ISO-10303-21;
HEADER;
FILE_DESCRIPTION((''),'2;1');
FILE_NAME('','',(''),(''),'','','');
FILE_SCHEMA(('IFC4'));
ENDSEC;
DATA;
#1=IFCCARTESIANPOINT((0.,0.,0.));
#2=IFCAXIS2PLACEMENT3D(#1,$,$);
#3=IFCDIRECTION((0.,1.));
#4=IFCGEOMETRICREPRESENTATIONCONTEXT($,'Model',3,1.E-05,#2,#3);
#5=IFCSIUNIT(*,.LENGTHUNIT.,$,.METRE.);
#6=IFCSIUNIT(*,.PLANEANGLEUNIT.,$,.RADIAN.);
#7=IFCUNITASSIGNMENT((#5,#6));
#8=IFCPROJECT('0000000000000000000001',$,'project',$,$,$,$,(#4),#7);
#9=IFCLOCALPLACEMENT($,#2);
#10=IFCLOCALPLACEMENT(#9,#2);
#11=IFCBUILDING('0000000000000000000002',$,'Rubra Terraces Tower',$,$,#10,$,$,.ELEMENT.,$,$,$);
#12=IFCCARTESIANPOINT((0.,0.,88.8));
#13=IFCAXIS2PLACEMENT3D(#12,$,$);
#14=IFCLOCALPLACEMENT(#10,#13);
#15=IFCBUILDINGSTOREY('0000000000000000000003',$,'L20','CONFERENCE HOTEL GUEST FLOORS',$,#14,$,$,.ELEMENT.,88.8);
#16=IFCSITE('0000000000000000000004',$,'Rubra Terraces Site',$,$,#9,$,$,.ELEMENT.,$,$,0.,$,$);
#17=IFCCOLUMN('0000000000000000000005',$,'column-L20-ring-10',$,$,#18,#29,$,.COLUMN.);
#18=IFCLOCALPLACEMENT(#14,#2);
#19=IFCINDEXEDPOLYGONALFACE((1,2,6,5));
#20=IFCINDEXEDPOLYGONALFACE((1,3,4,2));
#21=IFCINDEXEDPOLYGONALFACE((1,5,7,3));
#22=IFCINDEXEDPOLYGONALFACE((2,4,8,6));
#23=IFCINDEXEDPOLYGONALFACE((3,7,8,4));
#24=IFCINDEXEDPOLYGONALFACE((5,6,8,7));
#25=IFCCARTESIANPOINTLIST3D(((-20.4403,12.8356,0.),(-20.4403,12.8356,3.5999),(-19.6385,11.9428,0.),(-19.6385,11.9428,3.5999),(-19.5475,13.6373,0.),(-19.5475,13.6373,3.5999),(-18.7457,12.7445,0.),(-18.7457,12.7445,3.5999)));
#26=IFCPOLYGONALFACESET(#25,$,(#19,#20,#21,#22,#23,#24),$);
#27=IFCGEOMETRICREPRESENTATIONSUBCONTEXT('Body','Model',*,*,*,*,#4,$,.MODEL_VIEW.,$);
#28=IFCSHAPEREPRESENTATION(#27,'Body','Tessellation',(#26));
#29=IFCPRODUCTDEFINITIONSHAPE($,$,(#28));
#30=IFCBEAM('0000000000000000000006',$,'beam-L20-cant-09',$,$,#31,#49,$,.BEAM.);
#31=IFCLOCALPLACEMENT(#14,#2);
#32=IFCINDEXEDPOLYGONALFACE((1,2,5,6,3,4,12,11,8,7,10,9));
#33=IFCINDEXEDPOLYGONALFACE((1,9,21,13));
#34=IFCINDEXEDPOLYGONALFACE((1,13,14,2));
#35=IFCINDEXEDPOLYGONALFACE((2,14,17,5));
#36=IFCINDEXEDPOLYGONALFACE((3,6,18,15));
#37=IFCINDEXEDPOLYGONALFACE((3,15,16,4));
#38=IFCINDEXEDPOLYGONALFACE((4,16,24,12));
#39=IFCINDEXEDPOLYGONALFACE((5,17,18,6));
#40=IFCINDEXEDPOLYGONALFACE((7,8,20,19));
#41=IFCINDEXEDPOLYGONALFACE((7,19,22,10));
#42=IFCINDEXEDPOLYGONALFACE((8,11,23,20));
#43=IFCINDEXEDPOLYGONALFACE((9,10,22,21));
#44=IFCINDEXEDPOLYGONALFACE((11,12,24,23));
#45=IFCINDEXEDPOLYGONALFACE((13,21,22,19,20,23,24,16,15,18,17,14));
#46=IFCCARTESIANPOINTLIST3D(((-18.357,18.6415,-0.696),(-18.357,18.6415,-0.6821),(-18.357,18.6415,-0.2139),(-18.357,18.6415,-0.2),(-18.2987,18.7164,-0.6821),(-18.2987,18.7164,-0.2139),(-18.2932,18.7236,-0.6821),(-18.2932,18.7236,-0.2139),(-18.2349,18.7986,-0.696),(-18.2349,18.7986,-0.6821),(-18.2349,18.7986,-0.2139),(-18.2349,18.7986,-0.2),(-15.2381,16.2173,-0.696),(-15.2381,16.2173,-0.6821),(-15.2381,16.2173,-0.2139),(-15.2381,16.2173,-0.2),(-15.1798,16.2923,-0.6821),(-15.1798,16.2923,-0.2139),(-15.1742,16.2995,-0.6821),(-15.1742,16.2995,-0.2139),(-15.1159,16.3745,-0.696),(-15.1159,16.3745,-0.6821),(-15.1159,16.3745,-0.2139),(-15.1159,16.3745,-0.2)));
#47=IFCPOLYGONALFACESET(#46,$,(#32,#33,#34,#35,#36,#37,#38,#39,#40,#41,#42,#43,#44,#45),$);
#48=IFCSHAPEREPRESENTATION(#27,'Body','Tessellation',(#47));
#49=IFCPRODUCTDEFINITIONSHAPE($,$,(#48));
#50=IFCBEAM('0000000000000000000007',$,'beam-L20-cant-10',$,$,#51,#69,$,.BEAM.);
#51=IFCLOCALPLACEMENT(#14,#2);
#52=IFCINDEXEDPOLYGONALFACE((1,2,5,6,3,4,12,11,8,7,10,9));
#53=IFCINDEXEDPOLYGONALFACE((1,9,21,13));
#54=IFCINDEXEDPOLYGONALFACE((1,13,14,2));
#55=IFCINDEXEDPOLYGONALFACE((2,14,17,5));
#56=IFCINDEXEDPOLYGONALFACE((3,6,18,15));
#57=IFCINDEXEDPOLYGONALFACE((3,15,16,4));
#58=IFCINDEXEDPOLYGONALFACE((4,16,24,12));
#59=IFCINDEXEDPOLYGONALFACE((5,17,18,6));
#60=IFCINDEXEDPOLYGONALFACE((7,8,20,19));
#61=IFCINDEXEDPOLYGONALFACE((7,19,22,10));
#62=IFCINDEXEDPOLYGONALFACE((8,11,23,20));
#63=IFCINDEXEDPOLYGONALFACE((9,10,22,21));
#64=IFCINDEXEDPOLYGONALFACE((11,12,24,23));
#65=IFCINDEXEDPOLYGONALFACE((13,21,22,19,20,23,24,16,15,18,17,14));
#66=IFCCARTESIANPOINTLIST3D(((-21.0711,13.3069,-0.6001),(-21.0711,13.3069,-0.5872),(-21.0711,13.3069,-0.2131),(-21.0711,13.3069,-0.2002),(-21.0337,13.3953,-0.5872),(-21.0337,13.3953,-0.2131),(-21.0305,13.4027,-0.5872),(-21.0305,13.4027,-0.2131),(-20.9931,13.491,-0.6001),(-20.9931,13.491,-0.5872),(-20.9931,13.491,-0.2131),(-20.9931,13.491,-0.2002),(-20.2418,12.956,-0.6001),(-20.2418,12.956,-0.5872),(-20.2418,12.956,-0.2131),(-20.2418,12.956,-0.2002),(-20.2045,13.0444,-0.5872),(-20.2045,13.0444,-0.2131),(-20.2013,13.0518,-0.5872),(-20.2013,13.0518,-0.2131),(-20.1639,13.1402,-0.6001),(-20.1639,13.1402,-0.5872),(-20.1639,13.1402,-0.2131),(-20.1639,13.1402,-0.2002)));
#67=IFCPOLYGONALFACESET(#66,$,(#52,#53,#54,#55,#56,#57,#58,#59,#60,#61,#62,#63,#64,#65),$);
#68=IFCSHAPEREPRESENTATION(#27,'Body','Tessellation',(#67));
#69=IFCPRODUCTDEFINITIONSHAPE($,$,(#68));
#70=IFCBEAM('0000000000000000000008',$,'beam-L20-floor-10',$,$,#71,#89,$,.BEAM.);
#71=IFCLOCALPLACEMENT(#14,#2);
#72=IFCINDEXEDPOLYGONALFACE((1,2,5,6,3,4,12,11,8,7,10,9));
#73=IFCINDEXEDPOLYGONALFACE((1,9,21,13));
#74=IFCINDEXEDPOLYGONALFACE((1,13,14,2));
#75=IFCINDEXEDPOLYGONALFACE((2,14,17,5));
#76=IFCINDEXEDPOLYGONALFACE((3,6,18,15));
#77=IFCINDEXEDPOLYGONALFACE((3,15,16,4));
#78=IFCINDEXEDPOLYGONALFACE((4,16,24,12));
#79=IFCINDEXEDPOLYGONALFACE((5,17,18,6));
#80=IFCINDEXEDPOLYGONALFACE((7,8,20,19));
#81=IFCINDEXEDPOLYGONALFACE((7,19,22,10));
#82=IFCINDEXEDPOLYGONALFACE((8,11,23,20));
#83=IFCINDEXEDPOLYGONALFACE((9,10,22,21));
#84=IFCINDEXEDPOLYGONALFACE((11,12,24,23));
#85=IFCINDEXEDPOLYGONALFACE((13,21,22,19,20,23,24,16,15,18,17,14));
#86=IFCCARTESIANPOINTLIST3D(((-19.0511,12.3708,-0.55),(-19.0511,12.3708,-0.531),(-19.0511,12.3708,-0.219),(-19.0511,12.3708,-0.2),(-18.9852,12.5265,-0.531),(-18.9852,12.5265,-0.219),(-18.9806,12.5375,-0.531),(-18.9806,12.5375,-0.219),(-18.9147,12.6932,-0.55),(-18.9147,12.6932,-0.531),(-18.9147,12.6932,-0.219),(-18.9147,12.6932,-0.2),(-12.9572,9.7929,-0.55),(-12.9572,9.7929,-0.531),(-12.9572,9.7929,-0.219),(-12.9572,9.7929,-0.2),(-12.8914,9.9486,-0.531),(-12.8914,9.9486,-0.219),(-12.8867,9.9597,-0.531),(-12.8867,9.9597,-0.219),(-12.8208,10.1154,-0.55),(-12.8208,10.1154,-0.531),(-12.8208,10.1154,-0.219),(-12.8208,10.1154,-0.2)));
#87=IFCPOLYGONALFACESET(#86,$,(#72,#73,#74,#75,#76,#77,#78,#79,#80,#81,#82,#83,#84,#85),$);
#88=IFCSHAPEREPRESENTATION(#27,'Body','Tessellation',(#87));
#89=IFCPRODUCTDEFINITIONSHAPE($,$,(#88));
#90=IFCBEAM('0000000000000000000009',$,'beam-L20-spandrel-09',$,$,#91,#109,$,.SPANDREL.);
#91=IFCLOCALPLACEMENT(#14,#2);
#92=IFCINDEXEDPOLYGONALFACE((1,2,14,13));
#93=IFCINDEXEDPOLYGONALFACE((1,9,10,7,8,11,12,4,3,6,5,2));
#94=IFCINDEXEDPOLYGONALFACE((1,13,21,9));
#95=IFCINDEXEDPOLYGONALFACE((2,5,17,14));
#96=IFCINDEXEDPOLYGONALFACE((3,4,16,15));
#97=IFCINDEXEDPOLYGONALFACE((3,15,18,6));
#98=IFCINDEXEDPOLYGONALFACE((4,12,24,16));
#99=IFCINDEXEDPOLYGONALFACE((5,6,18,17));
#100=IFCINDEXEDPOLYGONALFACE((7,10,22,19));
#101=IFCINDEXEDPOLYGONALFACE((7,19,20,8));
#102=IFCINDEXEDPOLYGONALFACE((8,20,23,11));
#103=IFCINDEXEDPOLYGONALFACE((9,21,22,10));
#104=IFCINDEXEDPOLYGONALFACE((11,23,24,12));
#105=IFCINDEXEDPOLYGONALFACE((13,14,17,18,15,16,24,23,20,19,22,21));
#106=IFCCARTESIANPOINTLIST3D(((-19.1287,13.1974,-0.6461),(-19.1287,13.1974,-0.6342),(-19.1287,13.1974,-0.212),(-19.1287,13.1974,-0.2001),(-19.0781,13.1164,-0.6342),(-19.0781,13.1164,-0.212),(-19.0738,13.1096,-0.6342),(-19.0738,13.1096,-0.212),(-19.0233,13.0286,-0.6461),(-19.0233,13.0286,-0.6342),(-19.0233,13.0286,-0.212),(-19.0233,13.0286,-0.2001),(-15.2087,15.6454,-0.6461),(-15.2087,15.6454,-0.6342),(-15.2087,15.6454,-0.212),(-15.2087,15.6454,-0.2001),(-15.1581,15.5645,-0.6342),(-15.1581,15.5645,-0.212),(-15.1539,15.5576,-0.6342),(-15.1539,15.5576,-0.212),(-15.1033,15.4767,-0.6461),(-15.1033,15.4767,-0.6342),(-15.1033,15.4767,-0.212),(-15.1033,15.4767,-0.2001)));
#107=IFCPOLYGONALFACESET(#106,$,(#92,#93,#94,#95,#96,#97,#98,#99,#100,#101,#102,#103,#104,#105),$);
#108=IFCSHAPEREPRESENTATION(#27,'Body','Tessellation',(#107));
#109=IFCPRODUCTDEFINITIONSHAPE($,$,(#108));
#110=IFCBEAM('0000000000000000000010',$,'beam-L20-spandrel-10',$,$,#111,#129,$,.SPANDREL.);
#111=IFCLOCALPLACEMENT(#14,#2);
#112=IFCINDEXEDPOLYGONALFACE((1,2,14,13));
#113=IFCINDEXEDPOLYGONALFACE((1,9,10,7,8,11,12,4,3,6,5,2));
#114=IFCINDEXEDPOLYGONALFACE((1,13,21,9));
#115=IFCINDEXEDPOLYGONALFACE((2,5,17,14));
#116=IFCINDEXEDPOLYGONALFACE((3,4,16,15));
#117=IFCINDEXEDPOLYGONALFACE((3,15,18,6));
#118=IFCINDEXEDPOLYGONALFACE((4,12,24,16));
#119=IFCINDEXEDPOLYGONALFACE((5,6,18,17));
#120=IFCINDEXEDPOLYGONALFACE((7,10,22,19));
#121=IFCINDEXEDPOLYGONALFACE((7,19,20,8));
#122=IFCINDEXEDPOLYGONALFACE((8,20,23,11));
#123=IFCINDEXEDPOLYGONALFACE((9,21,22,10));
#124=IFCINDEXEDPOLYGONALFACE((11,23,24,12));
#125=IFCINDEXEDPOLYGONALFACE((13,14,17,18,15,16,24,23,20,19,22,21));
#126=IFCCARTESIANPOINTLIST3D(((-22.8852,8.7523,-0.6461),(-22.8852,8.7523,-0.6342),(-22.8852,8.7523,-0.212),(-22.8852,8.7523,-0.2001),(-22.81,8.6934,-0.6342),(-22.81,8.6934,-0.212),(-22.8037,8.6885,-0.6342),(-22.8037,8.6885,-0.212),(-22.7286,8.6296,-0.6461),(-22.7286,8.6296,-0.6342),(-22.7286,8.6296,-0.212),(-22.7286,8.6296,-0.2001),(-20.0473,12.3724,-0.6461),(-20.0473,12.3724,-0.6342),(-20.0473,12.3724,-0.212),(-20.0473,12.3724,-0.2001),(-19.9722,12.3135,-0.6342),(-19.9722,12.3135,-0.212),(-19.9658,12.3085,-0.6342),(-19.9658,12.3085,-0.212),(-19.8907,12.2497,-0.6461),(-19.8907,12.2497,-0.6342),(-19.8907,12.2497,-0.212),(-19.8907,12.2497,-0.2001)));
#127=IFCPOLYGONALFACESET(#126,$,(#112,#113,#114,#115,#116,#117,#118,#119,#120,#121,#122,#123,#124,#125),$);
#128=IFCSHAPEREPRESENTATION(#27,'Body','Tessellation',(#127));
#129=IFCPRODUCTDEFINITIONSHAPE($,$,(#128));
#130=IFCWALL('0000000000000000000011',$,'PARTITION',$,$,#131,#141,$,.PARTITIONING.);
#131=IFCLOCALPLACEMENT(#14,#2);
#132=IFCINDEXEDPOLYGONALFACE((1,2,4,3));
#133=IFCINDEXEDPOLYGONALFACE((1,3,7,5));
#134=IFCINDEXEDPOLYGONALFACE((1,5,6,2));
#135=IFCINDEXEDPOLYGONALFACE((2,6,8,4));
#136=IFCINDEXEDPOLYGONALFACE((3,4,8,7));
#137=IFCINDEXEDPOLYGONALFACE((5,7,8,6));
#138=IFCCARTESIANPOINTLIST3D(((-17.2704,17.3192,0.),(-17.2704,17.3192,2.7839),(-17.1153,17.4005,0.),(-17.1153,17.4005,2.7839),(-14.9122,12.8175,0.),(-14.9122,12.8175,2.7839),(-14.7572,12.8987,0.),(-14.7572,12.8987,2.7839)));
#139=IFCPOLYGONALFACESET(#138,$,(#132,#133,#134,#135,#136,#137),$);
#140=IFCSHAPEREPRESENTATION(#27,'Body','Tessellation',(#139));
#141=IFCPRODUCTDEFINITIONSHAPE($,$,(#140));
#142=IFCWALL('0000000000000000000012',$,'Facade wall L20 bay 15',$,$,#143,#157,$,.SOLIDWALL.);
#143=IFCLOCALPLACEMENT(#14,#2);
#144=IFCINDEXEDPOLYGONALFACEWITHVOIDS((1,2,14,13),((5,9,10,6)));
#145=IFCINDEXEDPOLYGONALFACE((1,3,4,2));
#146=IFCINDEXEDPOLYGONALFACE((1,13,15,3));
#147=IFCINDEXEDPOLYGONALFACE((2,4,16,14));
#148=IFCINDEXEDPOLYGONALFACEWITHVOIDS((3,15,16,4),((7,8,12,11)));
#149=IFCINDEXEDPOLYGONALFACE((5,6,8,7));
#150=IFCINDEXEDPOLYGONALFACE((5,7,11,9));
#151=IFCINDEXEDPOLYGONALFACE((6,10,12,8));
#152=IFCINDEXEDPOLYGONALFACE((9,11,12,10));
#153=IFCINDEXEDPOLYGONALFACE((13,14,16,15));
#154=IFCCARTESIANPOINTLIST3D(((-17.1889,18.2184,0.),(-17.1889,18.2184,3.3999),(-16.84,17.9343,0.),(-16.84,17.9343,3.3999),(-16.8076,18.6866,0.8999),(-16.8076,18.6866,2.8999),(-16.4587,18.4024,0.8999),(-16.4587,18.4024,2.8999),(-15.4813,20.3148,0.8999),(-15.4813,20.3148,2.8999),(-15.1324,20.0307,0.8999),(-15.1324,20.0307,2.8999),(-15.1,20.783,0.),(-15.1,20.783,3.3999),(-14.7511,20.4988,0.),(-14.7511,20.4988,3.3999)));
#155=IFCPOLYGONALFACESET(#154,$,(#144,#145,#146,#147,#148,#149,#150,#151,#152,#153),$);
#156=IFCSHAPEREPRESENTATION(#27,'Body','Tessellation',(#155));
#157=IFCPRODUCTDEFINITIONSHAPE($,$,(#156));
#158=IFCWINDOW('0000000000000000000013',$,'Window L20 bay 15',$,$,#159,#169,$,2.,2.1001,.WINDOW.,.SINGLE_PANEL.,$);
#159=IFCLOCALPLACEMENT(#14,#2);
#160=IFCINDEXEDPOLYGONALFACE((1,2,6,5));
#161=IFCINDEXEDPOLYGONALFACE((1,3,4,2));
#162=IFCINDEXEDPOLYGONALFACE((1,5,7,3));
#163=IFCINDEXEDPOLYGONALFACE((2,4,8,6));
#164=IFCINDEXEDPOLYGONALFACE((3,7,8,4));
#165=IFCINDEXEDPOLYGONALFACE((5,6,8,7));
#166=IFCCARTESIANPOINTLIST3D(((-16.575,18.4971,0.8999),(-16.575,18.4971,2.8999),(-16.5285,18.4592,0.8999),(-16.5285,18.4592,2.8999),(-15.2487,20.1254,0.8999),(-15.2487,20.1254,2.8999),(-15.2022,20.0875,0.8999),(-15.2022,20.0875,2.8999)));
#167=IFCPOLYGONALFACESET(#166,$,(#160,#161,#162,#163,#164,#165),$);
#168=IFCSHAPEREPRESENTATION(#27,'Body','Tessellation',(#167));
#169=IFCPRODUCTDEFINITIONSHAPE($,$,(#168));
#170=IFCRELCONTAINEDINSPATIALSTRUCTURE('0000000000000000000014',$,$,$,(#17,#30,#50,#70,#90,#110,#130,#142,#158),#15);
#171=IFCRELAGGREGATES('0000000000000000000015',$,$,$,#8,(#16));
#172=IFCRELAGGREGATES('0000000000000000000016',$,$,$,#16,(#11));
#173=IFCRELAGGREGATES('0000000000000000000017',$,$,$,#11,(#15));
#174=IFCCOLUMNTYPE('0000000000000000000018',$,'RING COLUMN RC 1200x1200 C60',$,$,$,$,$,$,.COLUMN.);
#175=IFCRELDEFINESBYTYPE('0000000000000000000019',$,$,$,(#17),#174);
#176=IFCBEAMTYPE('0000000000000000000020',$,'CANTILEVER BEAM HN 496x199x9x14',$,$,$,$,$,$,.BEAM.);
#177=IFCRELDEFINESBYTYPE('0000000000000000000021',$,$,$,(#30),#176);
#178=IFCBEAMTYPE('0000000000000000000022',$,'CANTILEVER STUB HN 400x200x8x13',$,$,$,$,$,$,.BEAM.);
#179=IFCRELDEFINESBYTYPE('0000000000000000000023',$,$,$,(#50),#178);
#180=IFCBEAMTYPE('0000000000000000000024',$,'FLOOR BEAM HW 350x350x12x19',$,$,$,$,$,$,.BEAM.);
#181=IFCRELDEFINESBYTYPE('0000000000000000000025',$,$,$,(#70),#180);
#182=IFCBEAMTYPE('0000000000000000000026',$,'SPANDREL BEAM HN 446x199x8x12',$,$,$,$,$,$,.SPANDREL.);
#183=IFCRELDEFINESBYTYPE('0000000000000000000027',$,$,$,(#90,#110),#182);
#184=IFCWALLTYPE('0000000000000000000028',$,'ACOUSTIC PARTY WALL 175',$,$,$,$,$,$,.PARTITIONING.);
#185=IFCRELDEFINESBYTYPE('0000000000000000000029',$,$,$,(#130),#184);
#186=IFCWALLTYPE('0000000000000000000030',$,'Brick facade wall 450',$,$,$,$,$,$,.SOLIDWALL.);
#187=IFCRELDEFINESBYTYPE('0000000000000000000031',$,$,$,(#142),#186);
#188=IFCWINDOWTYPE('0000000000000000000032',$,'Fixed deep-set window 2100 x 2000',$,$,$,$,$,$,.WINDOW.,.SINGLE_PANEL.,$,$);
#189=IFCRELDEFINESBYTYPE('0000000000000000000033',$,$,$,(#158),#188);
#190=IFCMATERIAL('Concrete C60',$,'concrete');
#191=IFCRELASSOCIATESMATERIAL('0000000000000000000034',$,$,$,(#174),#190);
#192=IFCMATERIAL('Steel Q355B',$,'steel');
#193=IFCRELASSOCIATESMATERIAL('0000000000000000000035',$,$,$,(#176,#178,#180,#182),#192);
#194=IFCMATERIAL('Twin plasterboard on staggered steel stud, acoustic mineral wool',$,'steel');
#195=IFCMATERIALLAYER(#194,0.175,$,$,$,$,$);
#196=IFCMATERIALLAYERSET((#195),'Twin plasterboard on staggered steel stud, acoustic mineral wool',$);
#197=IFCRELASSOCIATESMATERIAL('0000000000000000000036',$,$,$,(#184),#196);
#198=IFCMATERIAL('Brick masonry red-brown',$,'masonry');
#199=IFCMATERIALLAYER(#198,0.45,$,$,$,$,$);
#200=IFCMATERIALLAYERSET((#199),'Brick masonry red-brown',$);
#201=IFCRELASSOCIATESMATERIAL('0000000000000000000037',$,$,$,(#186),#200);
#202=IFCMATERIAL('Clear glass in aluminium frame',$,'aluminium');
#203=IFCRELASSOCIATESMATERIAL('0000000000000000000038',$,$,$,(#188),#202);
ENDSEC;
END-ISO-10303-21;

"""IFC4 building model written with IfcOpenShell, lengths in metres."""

from ifc_helpers import new_model, si_unit, direction, frame, frame_2d, origin, origin_2d, place, context, subcontext, project, spatial, rectangle, i_section, extrude, material, layer, layer_set, material_profile, profile_set, type_object, element, fill, save


model = new_model("IFC4")

# Units and contexts
model_context = context("Model", 3, precision=1e-05, world=origin(), true_north=direction((0.0, 1.0)))
body_context = subcontext(model_context, "Body", "Model", "MODEL_VIEW")
ifc_project = project(units=[si_unit("LENGTHUNIT", "METRE"), si_unit("PLANEANGLEUNIT", "RADIAN")], contexts=[model_context])

# Site, building, storey
site_placement = place(None, origin())
site = spatial("IfcSite", under=ifc_project, at=site_placement, Name="Rubra Terraces Site", CompositionType="ELEMENT", RefElevation=0.0)
building_placement = place(site_placement, origin())
building = spatial("IfcBuilding", under=site, at=building_placement, Name="Rubra Terraces Tower", CompositionType="ELEMENT")
storey_placement = place(building_placement, frame((0.0, 0.0, 88.8)))
storey = spatial("IfcBuildingStorey", under=building, at=storey_placement, Name="L20", Description="CONFERENCE HOTEL GUEST FLOORS", CompositionType="ELEMENT", Elevation=88.8)

# Column
ifc_material_1 = material(Name="Concrete C60", Category="concrete")
ifc_material_profile_1 = material_profile(ifc_material_1, rectangle(XDim=1.2, YDim=1.2, at=origin_2d()), Name="RC 1200x1200")
ifc_profile_set_1 = profile_set([ifc_material_profile_1], Name="Concrete C60")
column_type = type_object("IfcColumnType", Name="RING COLUMN RC 1200x1200 C60", PredefinedType="COLUMN", material=ifc_profile_set_1)
column_placement = place(storey_placement, frame((-19.593, 12.79, 0.0), z_axis=(0.0, 0.0, 1.0), x_axis=(-0.744021, -0.668156, 0.0)))
element("IfcColumn", 1, at=column_placement, inside=storey, type_object=column_type, Name="column-L20-ring-10", PredefinedType="COLUMN", context=body_context, shape_type="SweptSolid", body=[
    extrude(rectangle(XDim=1.2, YDim=1.2, at=origin_2d()), origin(), (0.0, 0.0, 1.0), 3.5999),
])

# Beams
ifc_material_2 = material(Name="Steel Q355B", Category="steel")
ifc_material_profile_2 = material_profile(ifc_material_2, i_section(OverallWidth=0.199, OverallDepth=0.4961, WebThickness=0.009, FlangeThickness=0.0139, at=origin_2d()), Name="HN 496x199x9x14")
ifc_profile_set_2 = profile_set([ifc_material_profile_2], Name="Steel Q355B")
beam_type_1 = type_object("IfcBeamType", Name="CANTILEVER BEAM HN 496x199x9x14", PredefinedType="BEAM", material=ifc_profile_set_2)
beam_1_placement = place(storey_placement, frame((-15.177, 16.2959, -0.448), z_axis=(-0.789565, 0.613667, 0.0), x_axis=(-0.613667, -0.789565, 0.0)))
element("IfcBeam", 2, at=beam_1_placement, inside=storey, type_object=beam_type_1, Name="beam-L20-cant-09", PredefinedType="BEAM", context=body_context, shape_type="SweptSolid", body=[
    extrude(i_section(OverallWidth=0.199, OverallDepth=0.4961, WebThickness=0.009, FlangeThickness=0.0139, at=origin_2d()), origin(), (0.0, 0.0, 1.0), 3.9502),
])
ifc_material_profile_3 = material_profile(ifc_material_2, i_section(OverallWidth=0.2, OverallDepth=0.3999, WebThickness=0.0081, FlangeThickness=0.0129, at=origin_2d()), Name="HN 400x200x8x13")
ifc_profile_set_3 = profile_set([ifc_material_profile_3], Name="Steel Q355B")
beam_type_2 = type_object("IfcBeamType", Name="CANTILEVER STUB HN 400x200x8x13", PredefinedType="BEAM", material=ifc_profile_set_3)
beam_2_placement = place(storey_placement, frame((-20.2029, 13.0481, -0.4001), z_axis=(-0.920945, 0.389693, 0.0), x_axis=(-0.389693, -0.920945, 0.0)))
element("IfcBeam", 3, at=beam_2_placement, inside=storey, type_object=beam_type_2, Name="beam-L20-cant-10", PredefinedType="BEAM", context=body_context, shape_type="SweptSolid", body=[
    extrude(i_section(OverallWidth=0.2, OverallDepth=0.3999, WebThickness=0.0081, FlangeThickness=0.0129, at=origin_2d()), origin(), (0.0, 0.0, 1.0), 0.9004),
])
ifc_material_profile_4 = material_profile(ifc_material_2, i_section(OverallWidth=0.3501, OverallDepth=0.3501, WebThickness=0.012, FlangeThickness=0.019, at=origin_2d()), Name="HW 350x350x12x19")
ifc_profile_set_4 = profile_set([ifc_material_profile_4], Name="Steel Q355B")
beam_type_3 = type_object("IfcBeamType", Name="FLOOR BEAM HW 350x350x12x19", PredefinedType="BEAM", material=ifc_profile_set_4)
beam_3_placement = place(storey_placement, frame((-18.9829, 12.532, -0.375), z_axis=(0.920986, -0.389595, 0.0), x_axis=(0.389595, 0.920986, 0.0)))
element("IfcBeam", 4, at=beam_3_placement, inside=storey, type_object=beam_type_3, Name="beam-L20-floor-10", PredefinedType="BEAM", context=body_context, shape_type="SweptSolid", body=[
    extrude(i_section(OverallWidth=0.3501, OverallDepth=0.3501, WebThickness=0.012, FlangeThickness=0.019, at=origin_2d()), origin(), (0.0, 0.0, 1.0), 6.6167),
])
ifc_material_profile_5 = material_profile(ifc_material_2, i_section(OverallWidth=0.199, OverallDepth=0.446, WebThickness=0.0081, FlangeThickness=0.012, at=origin_2d()), Name="HN 446x199x8x12")
ifc_profile_set_5 = profile_set([ifc_material_profile_5], Name="Steel Q355B")
beam_type_4 = type_object("IfcBeamType", Name="SPANDREL BEAM HN 446x199x8x12", PredefinedType="SPANDREL", material=ifc_profile_set_5)
beam_4_placement = place(storey_placement, frame((-15.156, 15.561, -0.4231), z_axis=(-0.848188, -0.529695, 0.0), x_axis=(0.529695, -0.848188, 0.0)))
element("IfcBeam", 5, at=beam_4_placement, inside=storey, type_object=beam_type_4, Name="beam-L20-spandrel-09", PredefinedType="SPANDREL", context=body_context, shape_type="SweptSolid", body=[
    extrude(i_section(OverallWidth=0.199, OverallDepth=0.446, WebThickness=0.0081, FlangeThickness=0.012, at=origin_2d()), origin(), (0.0, 0.0, 1.0), 4.6216),
])
beam_5_placement = place(storey_placement, frame((-19.969, 12.311, -0.4231), z_axis=(-0.616949, -0.787003, 0.0), x_axis=(0.787003, -0.616949, 0.0)))
element("IfcBeam", 6, at=beam_5_placement, inside=storey, type_object=beam_type_4, Name="beam-L20-spandrel-10", PredefinedType="SPANDREL", context=body_context, shape_type="SweptSolid", body=[
    extrude(i_section(OverallWidth=0.199, OverallDepth=0.446, WebThickness=0.0081, FlangeThickness=0.012, at=origin_2d()), origin(), (0.0, 0.0, 1.0), 4.5999),
])

# Wall
ifc_material_3 = material(Name="Twin plasterboard on staggered steel stud, acoustic mineral wool", Category="steel")
ifc_layer_1 = layer(ifc_material_3, 0.175)
ifc_layer_set_1 = layer_set([ifc_layer_1], Name="Twin plasterboard on staggered steel stud, acoustic mineral wool")
wall_type_1 = type_object("IfcWallType", Name="ACOUSTIC PARTY WALL 175", PredefinedType="PARTITIONING", material=ifc_layer_set_1)
wall_1_placement = place(storey_placement, frame((-17.1929, 17.3599, 0.0), z_axis=(0.0, 0.0, 1.0), x_axis=(0.464025, -0.885822, 0.0)))
element("IfcWall", 7, at=wall_1_placement, inside=storey, type_object=wall_type_1, Name="PARTITION", PredefinedType="PARTITIONING", context=body_context, shape_type="SweptSolid", body=[
    extrude(rectangle(XDim=5.082, YDim=0.175, at=frame_2d((2.541, 0.0))), origin(), (0.0, 0.0, 1.0), 2.7839),
])

# Wall, opening, window
ifc_material_4 = material(Name="Brick masonry red-brown", Category="masonry")
ifc_layer_2 = layer(ifc_material_4, 0.45)
ifc_layer_set_2 = layer_set([ifc_layer_2], Name="Brick masonry red-brown")
wall_type_2 = type_object("IfcWallType", Name="Brick facade wall 450", PredefinedType="SOLIDWALL", material=ifc_layer_set_2)
wall_2_placement = place(storey_placement, frame((-14.9255, 20.6409, 0.0), z_axis=(0.0, 0.0, 1.0), x_axis=(-0.631548, -0.775337, 0.0)))
wall_2 = element("IfcWall", 8, at=wall_2_placement, inside=storey, type_object=wall_type_2, Name="Facade wall L20 bay 15", PredefinedType="SOLIDWALL", context=body_context, shape_type="SweptSolid", body=[
    extrude(rectangle(XDim=3.3076, YDim=0.45, at=frame_2d((1.6538, 0.0))), origin(), (0.0, 0.0, 1.0), 3.3999),
])
opening_1_placement = place(wall_2_placement, frame((0.6038, 0.0, 0.8999)))
opening_1 = element("IfcOpeningElement", 9, at=opening_1_placement, cuts=wall_2, PredefinedType="OPENING", context=body_context, shape_type="SweptSolid", body=[
    extrude(rectangle(XDim=2.1001, YDim=2.0, at=frame_2d((1.05, 1.0))), frame((0.0, 0.2349, 0.0), z_axis=(0.0, -1.0, 0.0), x_axis=(1.0, 0.0, 0.0)), (0.0, 0.0, 1.0), 0.47),
])
ifc_material_5 = material(Name="Clear glass in aluminium frame", Category="aluminium")
window_type_1 = type_object("IfcWindowType", Name="Fixed deep-set window 2100 x 2000", PartitioningType="SINGLE_PANEL", PredefinedType="WINDOW", material=ifc_material_5)
window_1_placement = place(opening_1_placement, origin())
window_1 = element("IfcWindow", 10, at=window_1_placement, inside=storey, type_object=window_type_1, Name="Window L20 bay 15", OverallHeight=2.0, OverallWidth=2.1001, PartitioningType="SINGLE_PANEL", PredefinedType="WINDOW", context=body_context, shape_type="SweptSolid", body=[
    extrude(rectangle(XDim=2.1001, YDim=2.0, at=frame_2d((1.05, 1.0))), frame((0.0, 0.135, 0.0), z_axis=(0.0, -1.0, 0.0), x_axis=(1.0, 0.0, 0.0)), (0.0, 0.0, 1.0), 0.0601),
])
fill(opening_1, window_1)

save(model, "model.ifc")
